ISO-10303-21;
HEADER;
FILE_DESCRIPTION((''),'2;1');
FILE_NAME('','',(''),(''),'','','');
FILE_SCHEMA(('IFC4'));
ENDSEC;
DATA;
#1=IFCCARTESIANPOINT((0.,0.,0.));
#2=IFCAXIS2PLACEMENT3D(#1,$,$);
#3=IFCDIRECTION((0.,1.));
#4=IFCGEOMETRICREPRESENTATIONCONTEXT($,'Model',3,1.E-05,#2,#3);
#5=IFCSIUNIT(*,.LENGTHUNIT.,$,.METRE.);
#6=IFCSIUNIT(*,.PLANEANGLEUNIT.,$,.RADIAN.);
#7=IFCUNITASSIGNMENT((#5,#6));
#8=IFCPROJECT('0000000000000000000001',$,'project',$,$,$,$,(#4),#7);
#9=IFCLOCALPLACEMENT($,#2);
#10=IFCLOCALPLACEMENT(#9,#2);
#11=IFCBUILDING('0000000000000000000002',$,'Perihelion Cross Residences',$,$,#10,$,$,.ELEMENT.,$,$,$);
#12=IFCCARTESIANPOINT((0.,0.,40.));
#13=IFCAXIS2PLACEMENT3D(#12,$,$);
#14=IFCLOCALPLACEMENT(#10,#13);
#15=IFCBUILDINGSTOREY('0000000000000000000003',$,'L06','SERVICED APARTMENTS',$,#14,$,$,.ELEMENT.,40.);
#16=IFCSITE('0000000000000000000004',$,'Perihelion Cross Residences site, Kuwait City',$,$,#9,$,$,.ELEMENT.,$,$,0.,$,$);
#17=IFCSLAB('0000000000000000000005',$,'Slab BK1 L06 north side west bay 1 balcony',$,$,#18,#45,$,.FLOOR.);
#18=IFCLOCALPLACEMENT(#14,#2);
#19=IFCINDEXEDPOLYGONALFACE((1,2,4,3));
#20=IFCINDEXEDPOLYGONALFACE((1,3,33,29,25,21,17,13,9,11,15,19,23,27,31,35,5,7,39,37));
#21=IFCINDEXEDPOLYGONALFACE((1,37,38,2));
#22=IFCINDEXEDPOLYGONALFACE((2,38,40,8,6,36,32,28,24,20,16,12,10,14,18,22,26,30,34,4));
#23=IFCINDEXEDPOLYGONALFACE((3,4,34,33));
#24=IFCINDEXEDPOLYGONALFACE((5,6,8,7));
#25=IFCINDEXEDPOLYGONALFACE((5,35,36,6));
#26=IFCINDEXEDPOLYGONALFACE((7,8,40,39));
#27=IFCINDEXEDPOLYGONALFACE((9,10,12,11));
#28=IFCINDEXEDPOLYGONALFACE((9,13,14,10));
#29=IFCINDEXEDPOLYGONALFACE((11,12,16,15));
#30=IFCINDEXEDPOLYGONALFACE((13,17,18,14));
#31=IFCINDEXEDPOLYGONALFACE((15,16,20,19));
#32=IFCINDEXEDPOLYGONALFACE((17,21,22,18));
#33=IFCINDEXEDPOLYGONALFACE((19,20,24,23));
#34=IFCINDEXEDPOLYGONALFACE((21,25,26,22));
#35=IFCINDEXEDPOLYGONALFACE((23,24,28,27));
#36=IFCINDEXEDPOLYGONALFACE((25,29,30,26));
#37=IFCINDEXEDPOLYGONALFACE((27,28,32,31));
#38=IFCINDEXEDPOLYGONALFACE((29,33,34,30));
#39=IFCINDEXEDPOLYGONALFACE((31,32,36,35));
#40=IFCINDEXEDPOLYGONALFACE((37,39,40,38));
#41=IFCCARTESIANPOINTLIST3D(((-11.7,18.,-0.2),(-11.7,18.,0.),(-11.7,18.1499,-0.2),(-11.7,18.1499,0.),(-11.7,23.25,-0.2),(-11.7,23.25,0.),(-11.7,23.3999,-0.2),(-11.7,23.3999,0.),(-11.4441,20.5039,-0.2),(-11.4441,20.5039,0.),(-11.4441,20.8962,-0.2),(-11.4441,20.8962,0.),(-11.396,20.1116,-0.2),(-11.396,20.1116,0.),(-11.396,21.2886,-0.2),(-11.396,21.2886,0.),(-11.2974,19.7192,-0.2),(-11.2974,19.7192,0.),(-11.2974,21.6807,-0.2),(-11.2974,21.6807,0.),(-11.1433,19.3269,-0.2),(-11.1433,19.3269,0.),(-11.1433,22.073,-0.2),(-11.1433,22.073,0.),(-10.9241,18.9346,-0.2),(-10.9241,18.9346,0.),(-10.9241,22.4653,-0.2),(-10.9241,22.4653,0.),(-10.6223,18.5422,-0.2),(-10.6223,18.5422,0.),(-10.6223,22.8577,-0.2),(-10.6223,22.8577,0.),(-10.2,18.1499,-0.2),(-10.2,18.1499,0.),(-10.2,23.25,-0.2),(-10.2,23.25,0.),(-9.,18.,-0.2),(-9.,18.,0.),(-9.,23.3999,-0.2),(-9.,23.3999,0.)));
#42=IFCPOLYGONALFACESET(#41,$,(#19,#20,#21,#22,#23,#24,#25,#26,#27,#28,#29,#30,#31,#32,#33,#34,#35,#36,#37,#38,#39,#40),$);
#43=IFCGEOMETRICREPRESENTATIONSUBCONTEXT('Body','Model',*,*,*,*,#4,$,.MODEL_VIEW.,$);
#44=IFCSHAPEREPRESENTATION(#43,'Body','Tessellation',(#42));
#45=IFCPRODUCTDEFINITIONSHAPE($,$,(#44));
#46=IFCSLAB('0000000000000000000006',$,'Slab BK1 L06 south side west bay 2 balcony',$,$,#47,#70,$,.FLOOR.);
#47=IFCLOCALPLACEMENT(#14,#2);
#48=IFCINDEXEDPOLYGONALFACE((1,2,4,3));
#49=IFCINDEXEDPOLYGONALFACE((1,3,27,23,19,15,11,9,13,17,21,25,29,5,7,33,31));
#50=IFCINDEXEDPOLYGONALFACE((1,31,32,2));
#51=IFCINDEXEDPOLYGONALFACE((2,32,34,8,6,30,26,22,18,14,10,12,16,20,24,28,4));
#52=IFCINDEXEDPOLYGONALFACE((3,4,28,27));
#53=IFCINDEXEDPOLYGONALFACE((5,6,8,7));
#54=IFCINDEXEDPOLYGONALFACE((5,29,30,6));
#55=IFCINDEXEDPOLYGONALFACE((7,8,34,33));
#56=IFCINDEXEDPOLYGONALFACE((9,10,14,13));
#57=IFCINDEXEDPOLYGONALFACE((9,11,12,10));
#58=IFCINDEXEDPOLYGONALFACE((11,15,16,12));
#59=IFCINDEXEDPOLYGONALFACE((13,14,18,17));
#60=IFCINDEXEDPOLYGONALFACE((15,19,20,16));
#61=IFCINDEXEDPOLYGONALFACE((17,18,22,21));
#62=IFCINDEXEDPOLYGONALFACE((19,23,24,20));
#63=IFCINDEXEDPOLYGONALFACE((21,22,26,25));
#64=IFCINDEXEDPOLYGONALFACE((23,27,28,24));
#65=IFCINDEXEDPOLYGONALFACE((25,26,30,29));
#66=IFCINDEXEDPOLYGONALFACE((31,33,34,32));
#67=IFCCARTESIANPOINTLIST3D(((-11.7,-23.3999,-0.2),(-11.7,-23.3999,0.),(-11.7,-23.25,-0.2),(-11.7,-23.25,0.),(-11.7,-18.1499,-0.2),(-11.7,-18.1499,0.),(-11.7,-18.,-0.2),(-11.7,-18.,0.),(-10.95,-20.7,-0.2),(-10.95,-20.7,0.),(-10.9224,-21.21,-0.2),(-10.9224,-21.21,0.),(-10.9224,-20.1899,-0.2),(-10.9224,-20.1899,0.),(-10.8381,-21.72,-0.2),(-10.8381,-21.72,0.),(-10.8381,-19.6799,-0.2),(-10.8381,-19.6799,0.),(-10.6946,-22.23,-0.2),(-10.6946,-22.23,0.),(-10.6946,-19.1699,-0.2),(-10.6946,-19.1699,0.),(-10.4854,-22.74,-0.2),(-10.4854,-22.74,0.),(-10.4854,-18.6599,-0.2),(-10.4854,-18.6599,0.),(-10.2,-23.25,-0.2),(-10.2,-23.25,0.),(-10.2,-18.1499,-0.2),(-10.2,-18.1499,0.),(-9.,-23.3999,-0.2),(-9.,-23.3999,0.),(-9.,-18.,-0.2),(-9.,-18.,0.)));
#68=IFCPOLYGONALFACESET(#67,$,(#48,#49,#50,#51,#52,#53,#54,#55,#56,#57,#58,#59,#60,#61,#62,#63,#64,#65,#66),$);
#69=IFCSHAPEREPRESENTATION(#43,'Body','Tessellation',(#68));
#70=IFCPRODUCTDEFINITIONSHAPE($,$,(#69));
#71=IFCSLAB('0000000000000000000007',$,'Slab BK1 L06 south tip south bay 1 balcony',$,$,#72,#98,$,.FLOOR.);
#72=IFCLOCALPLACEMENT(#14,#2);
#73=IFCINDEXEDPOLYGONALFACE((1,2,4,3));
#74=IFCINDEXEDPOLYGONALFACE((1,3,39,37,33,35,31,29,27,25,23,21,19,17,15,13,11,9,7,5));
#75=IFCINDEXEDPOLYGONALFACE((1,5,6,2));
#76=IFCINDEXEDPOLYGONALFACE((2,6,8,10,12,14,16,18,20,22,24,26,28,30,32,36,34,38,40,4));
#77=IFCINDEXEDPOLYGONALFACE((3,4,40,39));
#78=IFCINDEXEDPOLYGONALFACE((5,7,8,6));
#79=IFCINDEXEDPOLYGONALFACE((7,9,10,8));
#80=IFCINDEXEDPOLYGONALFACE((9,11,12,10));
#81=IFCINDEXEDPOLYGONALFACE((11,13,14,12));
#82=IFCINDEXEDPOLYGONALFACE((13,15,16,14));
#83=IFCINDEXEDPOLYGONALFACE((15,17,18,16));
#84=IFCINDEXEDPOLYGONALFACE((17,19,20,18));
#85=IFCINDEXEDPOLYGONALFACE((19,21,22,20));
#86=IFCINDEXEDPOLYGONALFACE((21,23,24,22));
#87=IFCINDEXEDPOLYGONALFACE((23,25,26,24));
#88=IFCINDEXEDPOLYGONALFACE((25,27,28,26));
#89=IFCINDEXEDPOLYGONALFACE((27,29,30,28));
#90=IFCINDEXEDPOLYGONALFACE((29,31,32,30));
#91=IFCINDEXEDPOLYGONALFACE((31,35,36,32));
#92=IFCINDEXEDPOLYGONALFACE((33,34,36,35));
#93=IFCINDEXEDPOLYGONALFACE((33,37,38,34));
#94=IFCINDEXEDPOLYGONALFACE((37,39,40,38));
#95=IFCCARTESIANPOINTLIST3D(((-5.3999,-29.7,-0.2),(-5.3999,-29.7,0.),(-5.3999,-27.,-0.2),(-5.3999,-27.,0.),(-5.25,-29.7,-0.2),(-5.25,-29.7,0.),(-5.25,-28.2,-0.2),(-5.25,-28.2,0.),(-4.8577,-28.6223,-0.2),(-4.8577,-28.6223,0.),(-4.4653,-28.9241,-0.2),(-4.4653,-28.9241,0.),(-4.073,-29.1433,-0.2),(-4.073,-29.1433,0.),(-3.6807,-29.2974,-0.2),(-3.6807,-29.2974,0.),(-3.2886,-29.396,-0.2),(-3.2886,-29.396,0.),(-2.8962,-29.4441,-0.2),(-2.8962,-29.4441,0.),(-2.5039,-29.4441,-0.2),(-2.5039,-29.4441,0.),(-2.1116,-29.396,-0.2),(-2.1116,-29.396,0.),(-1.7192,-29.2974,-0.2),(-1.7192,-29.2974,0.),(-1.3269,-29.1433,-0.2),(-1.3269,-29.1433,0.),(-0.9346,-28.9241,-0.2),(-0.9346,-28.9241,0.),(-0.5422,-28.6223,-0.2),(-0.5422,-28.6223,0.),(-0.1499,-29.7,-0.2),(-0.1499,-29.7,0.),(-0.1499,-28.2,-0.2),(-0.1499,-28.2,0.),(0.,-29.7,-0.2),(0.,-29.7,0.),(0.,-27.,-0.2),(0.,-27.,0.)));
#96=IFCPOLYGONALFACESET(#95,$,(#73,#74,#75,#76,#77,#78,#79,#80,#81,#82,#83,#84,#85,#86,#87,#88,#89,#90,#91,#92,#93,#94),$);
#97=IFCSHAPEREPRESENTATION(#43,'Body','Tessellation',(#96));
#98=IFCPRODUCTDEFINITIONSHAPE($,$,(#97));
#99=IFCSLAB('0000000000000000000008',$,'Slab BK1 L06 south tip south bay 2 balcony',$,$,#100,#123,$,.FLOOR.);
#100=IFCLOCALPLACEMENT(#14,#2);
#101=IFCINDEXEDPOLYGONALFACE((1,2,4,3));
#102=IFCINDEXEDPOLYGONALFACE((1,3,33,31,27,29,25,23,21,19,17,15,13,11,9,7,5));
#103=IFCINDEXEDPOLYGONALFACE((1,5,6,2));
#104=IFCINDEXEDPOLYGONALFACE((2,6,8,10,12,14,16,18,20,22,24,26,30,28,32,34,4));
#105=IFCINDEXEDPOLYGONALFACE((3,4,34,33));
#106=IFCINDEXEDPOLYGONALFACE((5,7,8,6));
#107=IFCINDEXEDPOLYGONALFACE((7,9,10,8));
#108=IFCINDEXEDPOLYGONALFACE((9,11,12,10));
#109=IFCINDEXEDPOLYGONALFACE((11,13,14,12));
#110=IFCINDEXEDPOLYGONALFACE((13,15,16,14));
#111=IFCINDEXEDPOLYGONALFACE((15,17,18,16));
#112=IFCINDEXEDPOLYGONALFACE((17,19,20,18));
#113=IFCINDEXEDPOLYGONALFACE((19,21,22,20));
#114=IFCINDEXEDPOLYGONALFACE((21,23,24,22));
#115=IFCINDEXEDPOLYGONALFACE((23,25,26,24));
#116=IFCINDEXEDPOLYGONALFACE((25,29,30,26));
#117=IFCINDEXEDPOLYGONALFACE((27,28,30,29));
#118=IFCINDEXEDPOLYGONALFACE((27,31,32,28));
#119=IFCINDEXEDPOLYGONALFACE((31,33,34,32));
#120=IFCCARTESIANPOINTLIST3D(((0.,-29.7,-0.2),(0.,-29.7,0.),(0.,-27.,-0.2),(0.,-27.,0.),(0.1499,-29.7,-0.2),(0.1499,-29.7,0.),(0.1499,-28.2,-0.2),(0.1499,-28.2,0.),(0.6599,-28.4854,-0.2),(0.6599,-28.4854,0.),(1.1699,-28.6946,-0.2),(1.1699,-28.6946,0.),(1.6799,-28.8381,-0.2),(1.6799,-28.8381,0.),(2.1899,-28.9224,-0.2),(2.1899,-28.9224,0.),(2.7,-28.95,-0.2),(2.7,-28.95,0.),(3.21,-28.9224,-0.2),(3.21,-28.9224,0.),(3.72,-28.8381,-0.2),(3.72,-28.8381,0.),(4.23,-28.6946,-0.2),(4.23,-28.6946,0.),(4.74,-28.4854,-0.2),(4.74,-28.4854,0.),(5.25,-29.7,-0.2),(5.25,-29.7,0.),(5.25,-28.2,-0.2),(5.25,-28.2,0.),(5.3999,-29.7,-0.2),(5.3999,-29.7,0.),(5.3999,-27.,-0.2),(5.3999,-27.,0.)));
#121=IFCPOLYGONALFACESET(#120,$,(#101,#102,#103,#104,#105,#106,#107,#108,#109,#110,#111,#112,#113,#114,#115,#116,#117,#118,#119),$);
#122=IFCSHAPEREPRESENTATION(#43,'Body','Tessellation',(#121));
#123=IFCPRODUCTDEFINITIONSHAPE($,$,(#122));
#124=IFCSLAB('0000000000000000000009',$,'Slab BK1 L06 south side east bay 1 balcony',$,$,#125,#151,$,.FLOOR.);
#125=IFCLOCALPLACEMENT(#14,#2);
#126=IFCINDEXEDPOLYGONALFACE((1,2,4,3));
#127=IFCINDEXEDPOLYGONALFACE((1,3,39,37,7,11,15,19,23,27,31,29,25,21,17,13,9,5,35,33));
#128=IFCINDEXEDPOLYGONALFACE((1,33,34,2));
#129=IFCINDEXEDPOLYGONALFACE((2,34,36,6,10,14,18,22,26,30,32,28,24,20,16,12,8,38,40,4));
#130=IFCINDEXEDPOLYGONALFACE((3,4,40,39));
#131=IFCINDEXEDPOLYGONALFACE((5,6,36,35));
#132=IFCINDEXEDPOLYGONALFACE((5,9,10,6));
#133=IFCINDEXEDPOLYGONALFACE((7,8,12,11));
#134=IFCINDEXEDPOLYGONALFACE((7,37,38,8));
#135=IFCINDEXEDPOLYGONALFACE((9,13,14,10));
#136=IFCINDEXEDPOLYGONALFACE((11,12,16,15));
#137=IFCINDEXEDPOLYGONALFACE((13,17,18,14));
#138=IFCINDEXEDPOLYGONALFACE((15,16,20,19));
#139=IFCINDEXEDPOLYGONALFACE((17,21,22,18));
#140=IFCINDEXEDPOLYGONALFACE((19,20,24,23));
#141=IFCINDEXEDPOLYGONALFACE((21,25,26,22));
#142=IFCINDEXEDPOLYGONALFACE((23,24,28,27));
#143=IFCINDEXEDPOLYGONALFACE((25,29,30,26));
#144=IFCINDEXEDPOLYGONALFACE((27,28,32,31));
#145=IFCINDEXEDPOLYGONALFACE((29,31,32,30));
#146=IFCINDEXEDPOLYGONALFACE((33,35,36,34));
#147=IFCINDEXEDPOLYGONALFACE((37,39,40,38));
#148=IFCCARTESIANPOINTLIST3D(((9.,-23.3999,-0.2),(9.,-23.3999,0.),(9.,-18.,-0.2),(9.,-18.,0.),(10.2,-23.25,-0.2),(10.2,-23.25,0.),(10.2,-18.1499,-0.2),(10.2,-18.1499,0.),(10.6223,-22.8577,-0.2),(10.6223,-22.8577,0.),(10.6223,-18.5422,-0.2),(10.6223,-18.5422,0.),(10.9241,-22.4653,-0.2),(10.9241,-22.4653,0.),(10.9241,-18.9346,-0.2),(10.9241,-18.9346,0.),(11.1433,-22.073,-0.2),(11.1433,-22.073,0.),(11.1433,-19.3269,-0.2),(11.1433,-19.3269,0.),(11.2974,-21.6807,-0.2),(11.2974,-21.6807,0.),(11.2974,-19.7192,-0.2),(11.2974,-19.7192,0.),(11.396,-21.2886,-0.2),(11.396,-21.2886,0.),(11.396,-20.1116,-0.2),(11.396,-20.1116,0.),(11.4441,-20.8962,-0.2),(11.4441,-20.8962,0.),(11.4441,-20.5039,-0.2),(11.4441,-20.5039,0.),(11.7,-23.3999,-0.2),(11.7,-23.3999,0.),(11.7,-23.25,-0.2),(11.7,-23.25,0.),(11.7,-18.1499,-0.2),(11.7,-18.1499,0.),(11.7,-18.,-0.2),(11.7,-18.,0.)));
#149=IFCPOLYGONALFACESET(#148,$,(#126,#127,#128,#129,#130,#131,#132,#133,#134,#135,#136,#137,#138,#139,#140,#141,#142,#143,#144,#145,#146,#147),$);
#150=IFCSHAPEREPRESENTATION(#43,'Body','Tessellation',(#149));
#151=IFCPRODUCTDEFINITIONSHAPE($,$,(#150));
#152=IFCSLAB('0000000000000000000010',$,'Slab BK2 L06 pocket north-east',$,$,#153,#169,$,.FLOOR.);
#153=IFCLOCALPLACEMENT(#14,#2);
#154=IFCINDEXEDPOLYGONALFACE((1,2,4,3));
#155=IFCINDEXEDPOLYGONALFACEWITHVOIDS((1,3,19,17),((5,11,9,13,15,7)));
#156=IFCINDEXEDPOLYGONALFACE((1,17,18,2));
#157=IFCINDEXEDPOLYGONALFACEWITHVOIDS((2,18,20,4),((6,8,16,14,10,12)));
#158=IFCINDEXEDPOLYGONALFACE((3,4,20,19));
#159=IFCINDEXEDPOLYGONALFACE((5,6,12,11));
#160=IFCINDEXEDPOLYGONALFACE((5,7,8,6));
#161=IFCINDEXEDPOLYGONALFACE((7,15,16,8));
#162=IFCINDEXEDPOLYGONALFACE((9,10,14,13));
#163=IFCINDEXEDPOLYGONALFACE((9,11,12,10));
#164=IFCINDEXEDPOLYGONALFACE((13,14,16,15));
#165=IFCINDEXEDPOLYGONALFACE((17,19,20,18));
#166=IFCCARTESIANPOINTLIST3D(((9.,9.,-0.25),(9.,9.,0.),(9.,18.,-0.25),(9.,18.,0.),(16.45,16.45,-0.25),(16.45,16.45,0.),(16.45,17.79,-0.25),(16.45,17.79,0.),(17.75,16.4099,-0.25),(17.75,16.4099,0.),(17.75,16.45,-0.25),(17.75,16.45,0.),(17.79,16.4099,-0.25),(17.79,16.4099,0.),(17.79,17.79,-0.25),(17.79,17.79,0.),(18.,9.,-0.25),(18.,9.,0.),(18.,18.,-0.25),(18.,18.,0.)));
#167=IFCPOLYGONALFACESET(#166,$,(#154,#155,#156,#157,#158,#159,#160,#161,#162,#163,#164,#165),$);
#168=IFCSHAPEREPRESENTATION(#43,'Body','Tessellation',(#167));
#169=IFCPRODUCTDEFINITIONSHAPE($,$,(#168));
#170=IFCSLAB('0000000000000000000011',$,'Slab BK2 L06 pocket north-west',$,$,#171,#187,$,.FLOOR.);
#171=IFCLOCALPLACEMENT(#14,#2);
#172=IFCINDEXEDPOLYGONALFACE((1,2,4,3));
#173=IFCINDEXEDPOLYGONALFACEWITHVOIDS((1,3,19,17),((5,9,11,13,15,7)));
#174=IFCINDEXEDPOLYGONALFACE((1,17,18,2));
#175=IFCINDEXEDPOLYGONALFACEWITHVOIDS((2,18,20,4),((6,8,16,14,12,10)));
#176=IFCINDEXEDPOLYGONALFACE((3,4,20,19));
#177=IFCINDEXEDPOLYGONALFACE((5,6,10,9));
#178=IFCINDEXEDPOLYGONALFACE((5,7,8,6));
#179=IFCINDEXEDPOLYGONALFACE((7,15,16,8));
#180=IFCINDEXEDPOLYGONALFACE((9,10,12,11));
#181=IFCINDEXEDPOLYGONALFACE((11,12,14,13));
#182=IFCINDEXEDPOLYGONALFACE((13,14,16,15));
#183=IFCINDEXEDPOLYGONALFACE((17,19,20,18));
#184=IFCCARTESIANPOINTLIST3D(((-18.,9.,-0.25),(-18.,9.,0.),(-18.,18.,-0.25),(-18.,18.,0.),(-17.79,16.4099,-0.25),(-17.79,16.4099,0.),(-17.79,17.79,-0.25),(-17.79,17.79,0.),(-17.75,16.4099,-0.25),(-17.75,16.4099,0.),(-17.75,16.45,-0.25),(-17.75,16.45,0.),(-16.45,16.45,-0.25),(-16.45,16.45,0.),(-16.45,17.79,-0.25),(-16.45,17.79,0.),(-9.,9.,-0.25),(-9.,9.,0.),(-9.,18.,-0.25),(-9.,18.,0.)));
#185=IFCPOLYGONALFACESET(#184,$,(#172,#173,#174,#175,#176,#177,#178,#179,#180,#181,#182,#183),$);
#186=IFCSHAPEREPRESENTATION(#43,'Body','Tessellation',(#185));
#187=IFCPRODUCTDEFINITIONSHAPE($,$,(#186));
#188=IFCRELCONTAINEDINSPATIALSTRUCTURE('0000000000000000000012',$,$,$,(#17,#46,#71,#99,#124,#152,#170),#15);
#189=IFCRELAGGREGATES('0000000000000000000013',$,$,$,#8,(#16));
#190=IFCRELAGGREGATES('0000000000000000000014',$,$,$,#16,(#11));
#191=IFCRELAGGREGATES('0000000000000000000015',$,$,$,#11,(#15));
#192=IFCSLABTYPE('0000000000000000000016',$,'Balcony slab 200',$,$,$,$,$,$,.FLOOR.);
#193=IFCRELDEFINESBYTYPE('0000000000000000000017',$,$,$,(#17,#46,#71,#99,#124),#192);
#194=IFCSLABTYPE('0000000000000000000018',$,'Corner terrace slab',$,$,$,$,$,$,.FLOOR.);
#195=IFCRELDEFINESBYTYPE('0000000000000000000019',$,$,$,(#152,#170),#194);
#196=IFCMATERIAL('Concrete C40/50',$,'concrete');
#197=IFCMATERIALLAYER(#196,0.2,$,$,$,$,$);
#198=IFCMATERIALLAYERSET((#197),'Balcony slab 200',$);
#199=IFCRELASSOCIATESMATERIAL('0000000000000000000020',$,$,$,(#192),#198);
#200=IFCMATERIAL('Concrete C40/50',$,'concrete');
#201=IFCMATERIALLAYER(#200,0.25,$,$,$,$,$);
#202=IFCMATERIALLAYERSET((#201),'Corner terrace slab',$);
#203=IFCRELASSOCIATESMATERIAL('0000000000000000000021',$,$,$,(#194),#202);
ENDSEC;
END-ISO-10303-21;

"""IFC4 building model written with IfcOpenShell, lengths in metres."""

from ifc_helpers import new_model, si_unit, direction, frame, origin, place, context, subcontext, project, spatial, polyline, outline, extrude, material, layer, layer_set, type_object, element, save


model = new_model("IFC4")

# Units and contexts
model_context = context("Model", 3, precision=1e-05, world=origin(), true_north=direction((0.0, 1.0)))
body_context = subcontext(model_context, "Body", "Model", "MODEL_VIEW")
ifc_project = project(units=[si_unit("LENGTHUNIT", "METRE"), si_unit("PLANEANGLEUNIT", "RADIAN")], contexts=[model_context])

# Site, building, storey
site_placement = place(None, origin())
site = spatial("IfcSite", under=ifc_project, at=site_placement, Name="Perihelion Cross Residences site, Kuwait City", CompositionType="ELEMENT", RefElevation=0.0)
building_placement = place(site_placement, origin())
building = spatial("IfcBuilding", under=site, at=building_placement, Name="Perihelion Cross Residences", CompositionType="ELEMENT")
storey_placement = place(building_placement, frame((0.0, 0.0, 40.0)))
storey = spatial("IfcBuildingStorey", under=building, at=storey_placement, Name="L06", Description="SERVICED APARTMENTS", CompositionType="ELEMENT", Elevation=40.0)

# Slabs
ifc_material_1 = material(Name="Concrete C40/50", Category="concrete")
ifc_layer_1 = layer(ifc_material_1, 0.2)
ifc_layer_set_1 = layer_set([ifc_layer_1], Name="Balcony slab 200")
slab_type_1 = type_object("IfcSlabType", Name="Balcony slab 200", PredefinedType="FLOOR", material=ifc_layer_set_1)
slab_1_placement = place(storey_placement, frame((0.0, 0.0, -0.2)))
element("IfcSlab", 1, at=slab_1_placement, inside=storey, type_object=slab_type_1, Name="Slab BK1 L06 north side west bay 1 balcony", PredefinedType="FLOOR", context=body_context, shape_type="SweptSolid", body=[
    extrude(outline(polyline([(-9.0, 23.3999), (-9.0, 18.0), (-11.7, 18.0), (-11.7, 18.1499), (-10.2, 18.1499), (-10.6223, 18.5422), (-10.9241, 18.9346), (-11.1433, 19.3269), (-11.2974, 19.7192), (-11.396, 20.1116), (-11.4441, 20.5039), (-11.4441, 20.8962), (-11.396, 21.2886), (-11.2974, 21.6807), (-11.1433, 22.073), (-10.9241, 22.4653), (-10.6223, 22.8577), (-10.2, 23.25), (-11.7, 23.25), (-11.7, 23.3999), (-9.0, 23.3999)])), origin(), (0.0, 0.0, 1.0), 0.2),
])
slab_2_placement = place(storey_placement, frame((0.0, 0.0, -0.2)))
element("IfcSlab", 2, at=slab_2_placement, inside=storey, type_object=slab_type_1, Name="Slab BK1 L06 south side west bay 2 balcony", PredefinedType="FLOOR", context=body_context, shape_type="SweptSolid", body=[
    extrude(outline(polyline([(-9.0, -18.0), (-9.0, -23.3999), (-11.7, -23.3999), (-11.7, -23.25), (-10.2, -23.25), (-10.4854, -22.74), (-10.6946, -22.23), (-10.8381, -21.72), (-10.9224, -21.21), (-10.95, -20.7), (-10.9224, -20.1899), (-10.8381, -19.6799), (-10.6946, -19.1699), (-10.4854, -18.6599), (-10.2, -18.1499), (-11.7, -18.1499), (-11.7, -18.0), (-9.0, -18.0)])), origin(), (0.0, 0.0, 1.0), 0.2),
])
slab_3_placement = place(storey_placement, frame((0.0, 0.0, -0.2)))
element("IfcSlab", 3, at=slab_3_placement, inside=storey, type_object=slab_type_1, Name="Slab BK1 L06 south tip south bay 1 balcony", PredefinedType="FLOOR", context=body_context, shape_type="SweptSolid", body=[
    extrude(outline(polyline([(-5.3999, -27.0), (0.0, -27.0), (0.0, -29.7), (-0.1499, -29.7), (-0.1499, -28.2), (-0.5422, -28.6223), (-0.9346, -28.9241), (-1.3269, -29.1433), (-1.7192, -29.2974), (-2.1116, -29.396), (-2.5039, -29.4441), (-2.8962, -29.4441), (-3.2886, -29.396), (-3.6807, -29.2974), (-4.073, -29.1433), (-4.4653, -28.9241), (-4.8577, -28.6223), (-5.25, -28.2), (-5.25, -29.7), (-5.3999, -29.7), (-5.3999, -27.0)])), origin(), (0.0, 0.0, 1.0), 0.2),
])
slab_4_placement = place(storey_placement, frame((0.0, 0.0, -0.2)))
element("IfcSlab", 4, at=slab_4_placement, inside=storey, type_object=slab_type_1, Name="Slab BK1 L06 south tip south bay 2 balcony", PredefinedType="FLOOR", context=body_context, shape_type="SweptSolid", body=[
    extrude(outline(polyline([(0.0, -27.0), (5.3999, -27.0), (5.3999, -29.7), (5.25, -29.7), (5.25, -28.2), (4.74, -28.4854), (4.23, -28.6946), (3.72, -28.8381), (3.21, -28.9224), (2.7, -28.95), (2.1899, -28.9224), (1.6799, -28.8381), (1.1699, -28.6946), (0.6599, -28.4854), (0.1499, -28.2), (0.1499, -29.7), (0.0, -29.7), (0.0, -27.0)])), origin(), (0.0, 0.0, 1.0), 0.2),
])
slab_5_placement = place(storey_placement, frame((0.0, 0.0, -0.2)))
element("IfcSlab", 5, at=slab_5_placement, inside=storey, type_object=slab_type_1, Name="Slab BK1 L06 south side east bay 1 balcony", PredefinedType="FLOOR", context=body_context, shape_type="SweptSolid", body=[
    extrude(outline(polyline([(9.0, -23.3999), (9.0, -18.0), (11.7, -18.0), (11.7, -18.1499), (10.2, -18.1499), (10.6223, -18.5422), (10.9241, -18.9346), (11.1433, -19.3269), (11.2974, -19.7192), (11.396, -20.1116), (11.4441, -20.5039), (11.4441, -20.8962), (11.396, -21.2886), (11.2974, -21.6807), (11.1433, -22.073), (10.9241, -22.4653), (10.6223, -22.8577), (10.2, -23.25), (11.7, -23.25), (11.7, -23.3999), (9.0, -23.3999)])), origin(), (0.0, 0.0, 1.0), 0.2),
])
ifc_material_2 = material(Name="Concrete C40/50", Category="concrete")
ifc_layer_2 = layer(ifc_material_2, 0.25)
ifc_layer_set_2 = layer_set([ifc_layer_2], Name="Corner terrace slab")
slab_type_2 = type_object("IfcSlabType", Name="Corner terrace slab", PredefinedType="FLOOR", material=ifc_layer_set_2)
slab_6_placement = place(storey_placement, frame((0.0, 0.0, -0.25)))
element("IfcSlab", 6, at=slab_6_placement, inside=storey, type_object=slab_type_2, Name="Slab BK2 L06 pocket north-east", PredefinedType="FLOOR", context=body_context, shape_type="SweptSolid", body=[
    extrude(outline(polyline([(18.0, 9.0), (18.0, 18.0), (9.0, 18.0), (9.0, 9.0), (18.0, 9.0)]), holes=[polyline([(16.45, 16.45), (16.45, 17.79), (17.79, 17.79), (17.79, 16.4099), (17.75, 16.4099), (17.75, 16.45), (16.45, 16.45)])]), origin(), (0.0, 0.0, 1.0), 0.25),
])
slab_7_placement = place(storey_placement, frame((0.0, 0.0, -0.25)))
element("IfcSlab", 7, at=slab_7_placement, inside=storey, type_object=slab_type_2, Name="Slab BK2 L06 pocket north-west", PredefinedType="FLOOR", context=body_context, shape_type="SweptSolid", body=[
    extrude(outline(polyline([(-9.0, 9.0), (-9.0, 18.0), (-18.0, 18.0), (-18.0, 9.0), (-9.0, 9.0)]), holes=[polyline([(-17.79, 16.4099), (-17.79, 17.79), (-16.45, 17.79), (-16.45, 16.45), (-17.75, 16.45), (-17.75, 16.4099), (-17.79, 16.4099)])]), origin(), (0.0, 0.0, 1.0), 0.25),
])

save(model, "model.ifc")
